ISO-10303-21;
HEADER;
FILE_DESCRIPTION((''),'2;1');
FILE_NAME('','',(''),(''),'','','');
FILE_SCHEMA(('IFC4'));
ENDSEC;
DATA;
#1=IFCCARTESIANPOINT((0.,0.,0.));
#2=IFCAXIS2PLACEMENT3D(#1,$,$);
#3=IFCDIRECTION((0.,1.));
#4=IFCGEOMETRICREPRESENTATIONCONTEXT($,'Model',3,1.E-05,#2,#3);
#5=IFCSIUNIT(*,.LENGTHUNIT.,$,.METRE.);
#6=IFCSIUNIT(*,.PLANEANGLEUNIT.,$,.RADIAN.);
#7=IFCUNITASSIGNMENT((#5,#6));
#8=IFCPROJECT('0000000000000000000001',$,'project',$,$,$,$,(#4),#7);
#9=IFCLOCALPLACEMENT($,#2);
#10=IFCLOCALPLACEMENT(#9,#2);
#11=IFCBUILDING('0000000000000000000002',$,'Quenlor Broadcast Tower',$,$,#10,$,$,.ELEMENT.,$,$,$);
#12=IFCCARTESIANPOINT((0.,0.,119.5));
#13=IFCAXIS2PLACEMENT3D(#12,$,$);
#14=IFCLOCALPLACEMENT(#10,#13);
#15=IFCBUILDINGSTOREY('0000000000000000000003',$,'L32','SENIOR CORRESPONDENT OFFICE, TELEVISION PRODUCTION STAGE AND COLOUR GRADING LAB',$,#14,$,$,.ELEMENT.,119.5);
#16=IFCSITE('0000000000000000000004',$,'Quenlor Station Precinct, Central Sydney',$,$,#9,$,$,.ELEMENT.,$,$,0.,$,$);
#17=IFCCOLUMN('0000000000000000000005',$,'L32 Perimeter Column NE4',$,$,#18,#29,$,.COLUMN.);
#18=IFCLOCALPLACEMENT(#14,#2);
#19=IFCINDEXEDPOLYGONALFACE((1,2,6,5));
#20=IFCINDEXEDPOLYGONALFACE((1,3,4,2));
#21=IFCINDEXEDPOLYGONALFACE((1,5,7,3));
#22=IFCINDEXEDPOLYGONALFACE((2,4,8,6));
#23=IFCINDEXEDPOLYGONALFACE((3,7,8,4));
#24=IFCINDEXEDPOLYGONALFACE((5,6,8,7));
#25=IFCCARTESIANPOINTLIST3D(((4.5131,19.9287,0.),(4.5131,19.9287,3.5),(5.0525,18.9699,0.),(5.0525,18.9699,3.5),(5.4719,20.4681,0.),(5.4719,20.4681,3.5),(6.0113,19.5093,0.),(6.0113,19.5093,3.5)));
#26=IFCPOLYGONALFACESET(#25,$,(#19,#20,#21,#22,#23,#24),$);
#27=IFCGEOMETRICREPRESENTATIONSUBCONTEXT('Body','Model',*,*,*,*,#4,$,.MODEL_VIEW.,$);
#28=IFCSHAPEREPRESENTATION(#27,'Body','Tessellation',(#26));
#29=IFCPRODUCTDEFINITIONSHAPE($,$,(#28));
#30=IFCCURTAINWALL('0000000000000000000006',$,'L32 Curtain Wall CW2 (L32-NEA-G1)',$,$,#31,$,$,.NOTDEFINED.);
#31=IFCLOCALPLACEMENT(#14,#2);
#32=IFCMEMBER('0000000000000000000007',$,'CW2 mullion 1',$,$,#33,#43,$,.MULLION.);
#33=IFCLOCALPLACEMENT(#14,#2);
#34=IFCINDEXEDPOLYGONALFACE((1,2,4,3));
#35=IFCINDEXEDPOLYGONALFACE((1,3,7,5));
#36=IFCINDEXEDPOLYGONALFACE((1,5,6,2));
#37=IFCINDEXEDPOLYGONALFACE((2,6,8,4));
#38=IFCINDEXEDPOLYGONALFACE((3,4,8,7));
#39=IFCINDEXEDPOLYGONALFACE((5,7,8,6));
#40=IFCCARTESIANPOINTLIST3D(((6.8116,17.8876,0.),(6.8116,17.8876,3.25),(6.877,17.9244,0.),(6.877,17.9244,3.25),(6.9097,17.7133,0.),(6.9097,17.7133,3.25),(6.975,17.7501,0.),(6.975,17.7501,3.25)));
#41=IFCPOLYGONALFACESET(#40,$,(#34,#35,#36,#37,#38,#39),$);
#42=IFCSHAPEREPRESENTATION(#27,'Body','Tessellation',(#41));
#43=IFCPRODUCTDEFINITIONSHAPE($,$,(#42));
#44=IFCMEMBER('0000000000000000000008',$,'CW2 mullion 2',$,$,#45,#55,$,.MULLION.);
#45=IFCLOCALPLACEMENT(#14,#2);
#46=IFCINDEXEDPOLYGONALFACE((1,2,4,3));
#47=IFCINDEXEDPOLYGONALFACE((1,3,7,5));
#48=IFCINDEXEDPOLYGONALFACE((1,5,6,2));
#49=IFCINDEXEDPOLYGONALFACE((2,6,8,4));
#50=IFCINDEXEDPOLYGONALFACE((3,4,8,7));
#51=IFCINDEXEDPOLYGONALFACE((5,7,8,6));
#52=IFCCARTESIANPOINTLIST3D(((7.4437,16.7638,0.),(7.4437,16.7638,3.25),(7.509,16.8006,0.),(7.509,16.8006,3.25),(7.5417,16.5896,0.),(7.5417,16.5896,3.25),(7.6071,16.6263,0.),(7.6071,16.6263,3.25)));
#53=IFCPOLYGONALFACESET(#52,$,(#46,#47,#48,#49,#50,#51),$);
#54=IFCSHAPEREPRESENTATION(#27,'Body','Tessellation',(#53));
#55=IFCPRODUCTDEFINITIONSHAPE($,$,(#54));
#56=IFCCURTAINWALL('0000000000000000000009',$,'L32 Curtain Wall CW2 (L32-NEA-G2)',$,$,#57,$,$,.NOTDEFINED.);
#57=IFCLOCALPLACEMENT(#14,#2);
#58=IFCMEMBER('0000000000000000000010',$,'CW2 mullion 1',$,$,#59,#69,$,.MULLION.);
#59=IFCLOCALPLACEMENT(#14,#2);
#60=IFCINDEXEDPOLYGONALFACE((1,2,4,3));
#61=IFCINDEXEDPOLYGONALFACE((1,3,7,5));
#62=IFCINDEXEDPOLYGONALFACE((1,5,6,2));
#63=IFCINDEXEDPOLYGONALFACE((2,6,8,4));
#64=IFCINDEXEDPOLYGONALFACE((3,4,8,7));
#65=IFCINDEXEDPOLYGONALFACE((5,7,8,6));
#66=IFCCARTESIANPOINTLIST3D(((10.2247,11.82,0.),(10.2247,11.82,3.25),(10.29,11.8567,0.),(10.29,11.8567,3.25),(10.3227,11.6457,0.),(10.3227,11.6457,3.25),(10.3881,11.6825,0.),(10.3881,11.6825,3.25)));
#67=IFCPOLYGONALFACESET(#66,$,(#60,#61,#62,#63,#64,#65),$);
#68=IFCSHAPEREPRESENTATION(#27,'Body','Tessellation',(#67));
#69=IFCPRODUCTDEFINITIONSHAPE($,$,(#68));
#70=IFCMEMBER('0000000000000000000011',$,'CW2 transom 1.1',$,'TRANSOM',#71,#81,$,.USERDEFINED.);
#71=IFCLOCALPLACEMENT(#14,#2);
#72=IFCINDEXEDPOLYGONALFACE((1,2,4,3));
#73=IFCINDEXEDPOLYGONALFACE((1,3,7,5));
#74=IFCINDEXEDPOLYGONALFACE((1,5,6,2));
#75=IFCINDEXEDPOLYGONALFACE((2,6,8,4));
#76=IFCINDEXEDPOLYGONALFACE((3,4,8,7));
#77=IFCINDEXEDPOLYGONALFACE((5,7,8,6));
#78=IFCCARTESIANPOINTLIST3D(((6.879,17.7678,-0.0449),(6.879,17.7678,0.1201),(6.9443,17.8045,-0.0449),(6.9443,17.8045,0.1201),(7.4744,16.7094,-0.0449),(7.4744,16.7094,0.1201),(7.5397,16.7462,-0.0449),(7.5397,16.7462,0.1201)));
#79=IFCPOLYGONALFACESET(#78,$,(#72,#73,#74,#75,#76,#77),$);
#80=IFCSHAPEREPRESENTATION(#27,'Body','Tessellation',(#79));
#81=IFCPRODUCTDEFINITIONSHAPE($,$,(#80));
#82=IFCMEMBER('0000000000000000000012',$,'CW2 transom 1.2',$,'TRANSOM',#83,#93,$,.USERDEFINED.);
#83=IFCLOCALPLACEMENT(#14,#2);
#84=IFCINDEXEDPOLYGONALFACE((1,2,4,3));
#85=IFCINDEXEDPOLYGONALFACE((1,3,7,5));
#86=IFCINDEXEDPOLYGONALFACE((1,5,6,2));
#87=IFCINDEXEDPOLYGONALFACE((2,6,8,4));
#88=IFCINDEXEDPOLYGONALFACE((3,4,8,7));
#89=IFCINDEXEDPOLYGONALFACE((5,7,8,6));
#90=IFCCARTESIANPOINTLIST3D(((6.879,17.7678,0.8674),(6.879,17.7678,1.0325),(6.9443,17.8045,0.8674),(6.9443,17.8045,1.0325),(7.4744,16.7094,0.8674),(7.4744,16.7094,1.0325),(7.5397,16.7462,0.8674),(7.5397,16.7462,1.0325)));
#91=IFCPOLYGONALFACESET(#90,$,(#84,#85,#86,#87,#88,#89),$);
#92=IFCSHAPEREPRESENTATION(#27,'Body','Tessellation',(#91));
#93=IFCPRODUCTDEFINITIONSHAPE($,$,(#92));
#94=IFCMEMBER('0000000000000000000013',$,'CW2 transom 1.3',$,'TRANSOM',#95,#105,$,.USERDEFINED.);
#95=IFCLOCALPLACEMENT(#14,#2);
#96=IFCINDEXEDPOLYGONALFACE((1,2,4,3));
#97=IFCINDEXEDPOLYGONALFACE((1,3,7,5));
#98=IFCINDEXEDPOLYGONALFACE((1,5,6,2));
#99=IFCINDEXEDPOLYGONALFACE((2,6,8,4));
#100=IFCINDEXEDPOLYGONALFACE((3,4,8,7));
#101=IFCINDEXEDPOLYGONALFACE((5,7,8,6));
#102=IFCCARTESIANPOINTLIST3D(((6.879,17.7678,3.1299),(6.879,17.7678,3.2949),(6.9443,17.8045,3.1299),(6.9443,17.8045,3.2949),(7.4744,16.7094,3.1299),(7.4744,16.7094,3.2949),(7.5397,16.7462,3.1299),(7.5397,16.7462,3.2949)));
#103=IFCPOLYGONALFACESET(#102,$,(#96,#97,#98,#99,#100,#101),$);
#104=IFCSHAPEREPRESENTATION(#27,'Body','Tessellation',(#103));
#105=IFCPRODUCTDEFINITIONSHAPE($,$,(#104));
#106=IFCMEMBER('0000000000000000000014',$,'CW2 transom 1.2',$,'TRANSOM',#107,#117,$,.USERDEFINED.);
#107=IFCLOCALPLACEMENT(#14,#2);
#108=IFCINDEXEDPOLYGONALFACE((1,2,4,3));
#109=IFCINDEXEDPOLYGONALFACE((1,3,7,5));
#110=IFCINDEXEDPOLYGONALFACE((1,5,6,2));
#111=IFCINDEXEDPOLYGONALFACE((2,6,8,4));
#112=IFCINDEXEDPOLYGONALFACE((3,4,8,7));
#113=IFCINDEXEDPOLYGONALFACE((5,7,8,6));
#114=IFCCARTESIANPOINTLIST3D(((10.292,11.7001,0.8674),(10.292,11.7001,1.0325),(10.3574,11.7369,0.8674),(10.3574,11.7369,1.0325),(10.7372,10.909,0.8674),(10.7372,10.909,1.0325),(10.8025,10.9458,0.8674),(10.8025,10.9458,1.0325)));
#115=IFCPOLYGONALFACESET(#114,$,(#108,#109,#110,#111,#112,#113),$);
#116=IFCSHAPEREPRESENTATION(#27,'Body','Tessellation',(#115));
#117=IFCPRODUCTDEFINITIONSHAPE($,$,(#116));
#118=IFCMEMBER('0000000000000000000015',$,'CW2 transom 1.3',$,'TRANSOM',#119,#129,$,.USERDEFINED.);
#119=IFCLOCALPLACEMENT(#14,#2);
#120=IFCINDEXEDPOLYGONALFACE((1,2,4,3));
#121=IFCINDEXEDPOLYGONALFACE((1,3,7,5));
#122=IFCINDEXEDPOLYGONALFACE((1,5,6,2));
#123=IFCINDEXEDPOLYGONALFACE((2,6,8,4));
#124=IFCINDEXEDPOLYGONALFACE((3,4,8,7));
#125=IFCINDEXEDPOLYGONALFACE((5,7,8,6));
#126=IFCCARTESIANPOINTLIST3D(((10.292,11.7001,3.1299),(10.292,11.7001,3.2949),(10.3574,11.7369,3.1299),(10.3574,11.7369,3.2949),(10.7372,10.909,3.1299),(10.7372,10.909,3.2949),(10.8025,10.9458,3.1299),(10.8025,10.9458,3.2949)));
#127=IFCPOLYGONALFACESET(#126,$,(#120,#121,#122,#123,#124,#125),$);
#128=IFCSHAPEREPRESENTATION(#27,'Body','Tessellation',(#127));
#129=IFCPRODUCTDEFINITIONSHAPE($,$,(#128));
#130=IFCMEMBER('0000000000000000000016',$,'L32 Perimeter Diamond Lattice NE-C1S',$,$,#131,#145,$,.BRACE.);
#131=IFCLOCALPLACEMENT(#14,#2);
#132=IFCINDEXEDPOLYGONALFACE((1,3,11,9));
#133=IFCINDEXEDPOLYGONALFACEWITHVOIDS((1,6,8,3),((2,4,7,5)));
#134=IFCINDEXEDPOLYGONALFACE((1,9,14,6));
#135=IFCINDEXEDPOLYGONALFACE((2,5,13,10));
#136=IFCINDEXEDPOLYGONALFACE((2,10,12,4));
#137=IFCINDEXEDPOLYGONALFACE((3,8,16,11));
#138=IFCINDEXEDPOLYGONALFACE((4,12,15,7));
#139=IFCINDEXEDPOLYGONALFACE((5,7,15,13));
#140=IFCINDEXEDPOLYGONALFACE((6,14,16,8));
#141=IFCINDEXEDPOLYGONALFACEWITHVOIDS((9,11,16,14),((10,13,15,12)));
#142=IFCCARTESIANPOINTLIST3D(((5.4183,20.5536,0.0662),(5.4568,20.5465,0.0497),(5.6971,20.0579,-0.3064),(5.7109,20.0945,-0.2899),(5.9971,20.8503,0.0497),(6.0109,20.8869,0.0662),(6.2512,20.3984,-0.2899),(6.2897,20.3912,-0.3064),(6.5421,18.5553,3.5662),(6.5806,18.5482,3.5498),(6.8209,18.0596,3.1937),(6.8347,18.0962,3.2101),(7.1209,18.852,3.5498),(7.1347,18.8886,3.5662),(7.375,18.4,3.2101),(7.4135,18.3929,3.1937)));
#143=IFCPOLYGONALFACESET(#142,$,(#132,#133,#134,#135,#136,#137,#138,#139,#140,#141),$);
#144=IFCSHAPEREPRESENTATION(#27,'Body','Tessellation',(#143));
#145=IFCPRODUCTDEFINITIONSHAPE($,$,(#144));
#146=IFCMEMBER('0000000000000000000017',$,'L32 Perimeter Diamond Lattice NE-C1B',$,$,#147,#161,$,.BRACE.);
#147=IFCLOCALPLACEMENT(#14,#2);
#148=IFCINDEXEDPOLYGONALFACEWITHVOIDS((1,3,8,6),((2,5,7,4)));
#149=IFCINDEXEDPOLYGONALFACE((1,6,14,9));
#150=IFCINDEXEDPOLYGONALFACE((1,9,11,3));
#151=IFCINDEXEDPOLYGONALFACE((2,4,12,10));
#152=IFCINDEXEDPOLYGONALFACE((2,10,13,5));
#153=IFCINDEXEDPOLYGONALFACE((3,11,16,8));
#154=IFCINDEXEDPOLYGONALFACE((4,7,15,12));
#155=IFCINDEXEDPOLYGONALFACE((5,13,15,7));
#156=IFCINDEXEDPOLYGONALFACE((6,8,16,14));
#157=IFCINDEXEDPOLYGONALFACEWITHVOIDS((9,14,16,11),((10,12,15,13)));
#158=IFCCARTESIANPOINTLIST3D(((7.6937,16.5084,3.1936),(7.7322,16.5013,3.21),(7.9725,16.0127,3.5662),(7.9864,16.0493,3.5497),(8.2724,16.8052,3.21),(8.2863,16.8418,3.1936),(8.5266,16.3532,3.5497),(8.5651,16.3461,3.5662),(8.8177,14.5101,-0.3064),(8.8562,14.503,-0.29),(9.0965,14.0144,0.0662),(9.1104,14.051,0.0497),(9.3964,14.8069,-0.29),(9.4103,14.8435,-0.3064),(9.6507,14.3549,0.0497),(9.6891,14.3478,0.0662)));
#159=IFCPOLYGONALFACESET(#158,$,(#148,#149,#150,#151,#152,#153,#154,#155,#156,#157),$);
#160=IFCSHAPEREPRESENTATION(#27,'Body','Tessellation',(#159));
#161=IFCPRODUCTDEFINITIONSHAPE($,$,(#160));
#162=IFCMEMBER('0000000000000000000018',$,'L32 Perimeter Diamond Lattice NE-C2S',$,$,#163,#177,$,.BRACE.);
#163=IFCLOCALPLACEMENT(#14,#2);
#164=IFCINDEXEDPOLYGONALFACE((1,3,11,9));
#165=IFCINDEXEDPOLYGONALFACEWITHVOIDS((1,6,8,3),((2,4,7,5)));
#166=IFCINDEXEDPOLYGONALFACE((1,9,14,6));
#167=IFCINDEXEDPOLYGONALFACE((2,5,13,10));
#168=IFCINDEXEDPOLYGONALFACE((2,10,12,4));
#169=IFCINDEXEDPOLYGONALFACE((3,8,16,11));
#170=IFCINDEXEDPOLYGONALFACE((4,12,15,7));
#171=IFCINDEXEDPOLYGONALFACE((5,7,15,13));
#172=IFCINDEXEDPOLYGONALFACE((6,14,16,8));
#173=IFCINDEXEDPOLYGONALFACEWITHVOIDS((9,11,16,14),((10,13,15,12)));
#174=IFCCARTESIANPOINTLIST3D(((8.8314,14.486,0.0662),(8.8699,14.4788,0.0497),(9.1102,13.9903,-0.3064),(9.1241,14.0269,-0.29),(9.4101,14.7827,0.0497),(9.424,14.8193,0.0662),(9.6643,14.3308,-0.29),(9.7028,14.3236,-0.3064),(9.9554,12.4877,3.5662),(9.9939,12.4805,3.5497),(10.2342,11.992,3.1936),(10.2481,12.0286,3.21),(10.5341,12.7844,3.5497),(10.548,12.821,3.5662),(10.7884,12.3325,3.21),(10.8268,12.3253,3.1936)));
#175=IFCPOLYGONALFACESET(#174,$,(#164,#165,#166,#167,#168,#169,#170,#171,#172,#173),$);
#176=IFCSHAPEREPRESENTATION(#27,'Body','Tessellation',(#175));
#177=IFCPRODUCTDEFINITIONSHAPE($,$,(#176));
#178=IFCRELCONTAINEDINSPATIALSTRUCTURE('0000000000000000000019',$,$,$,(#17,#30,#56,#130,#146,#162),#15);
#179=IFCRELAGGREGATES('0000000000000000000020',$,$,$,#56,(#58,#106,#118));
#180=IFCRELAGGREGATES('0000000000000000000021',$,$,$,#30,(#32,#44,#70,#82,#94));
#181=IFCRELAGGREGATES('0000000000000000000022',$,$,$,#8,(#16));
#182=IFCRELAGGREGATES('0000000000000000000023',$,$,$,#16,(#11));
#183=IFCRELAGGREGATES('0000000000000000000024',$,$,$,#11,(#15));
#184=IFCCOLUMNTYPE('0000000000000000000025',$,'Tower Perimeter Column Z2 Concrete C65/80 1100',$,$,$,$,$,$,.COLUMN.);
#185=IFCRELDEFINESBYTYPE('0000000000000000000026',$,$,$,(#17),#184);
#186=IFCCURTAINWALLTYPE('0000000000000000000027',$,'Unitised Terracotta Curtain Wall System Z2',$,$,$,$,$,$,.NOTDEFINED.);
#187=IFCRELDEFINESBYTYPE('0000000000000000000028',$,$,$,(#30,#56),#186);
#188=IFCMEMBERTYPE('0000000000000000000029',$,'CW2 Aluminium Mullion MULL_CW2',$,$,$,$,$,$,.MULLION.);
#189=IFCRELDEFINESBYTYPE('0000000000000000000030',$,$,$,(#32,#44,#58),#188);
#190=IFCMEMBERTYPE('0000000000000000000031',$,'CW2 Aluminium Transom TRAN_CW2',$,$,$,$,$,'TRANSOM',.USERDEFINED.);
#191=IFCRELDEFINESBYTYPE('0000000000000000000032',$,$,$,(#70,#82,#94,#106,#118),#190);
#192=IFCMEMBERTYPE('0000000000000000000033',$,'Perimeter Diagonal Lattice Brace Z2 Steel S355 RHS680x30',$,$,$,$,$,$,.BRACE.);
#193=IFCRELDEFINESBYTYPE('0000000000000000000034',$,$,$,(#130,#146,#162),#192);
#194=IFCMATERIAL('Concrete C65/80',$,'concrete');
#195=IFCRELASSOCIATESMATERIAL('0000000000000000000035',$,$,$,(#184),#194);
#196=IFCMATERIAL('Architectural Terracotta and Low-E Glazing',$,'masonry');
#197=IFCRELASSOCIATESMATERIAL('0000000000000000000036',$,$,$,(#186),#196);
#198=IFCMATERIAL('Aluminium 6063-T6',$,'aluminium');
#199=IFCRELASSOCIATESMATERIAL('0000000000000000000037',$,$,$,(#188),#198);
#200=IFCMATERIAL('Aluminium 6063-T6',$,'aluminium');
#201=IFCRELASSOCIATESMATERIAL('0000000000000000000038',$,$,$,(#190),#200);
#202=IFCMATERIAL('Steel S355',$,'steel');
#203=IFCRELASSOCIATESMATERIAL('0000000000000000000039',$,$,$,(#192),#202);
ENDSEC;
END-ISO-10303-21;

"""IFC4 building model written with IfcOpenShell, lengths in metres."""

from ifc_helpers import new_model, si_unit, direction, frame, origin, origin_2d, place, context, subcontext, project, spatial, rectangle, hollow_rectangle, extrude, material, material_profile, profile_set, type_object, element, aggregate, save


model = new_model("IFC4")

# Units and contexts
model_context = context("Model", 3, precision=1e-05, world=origin(), true_north=direction((0.0, 1.0)))
body_context = subcontext(model_context, "Body", "Model", "MODEL_VIEW")
ifc_project = project(units=[si_unit("LENGTHUNIT", "METRE"), si_unit("PLANEANGLEUNIT", "RADIAN")], contexts=[model_context])

# Site, building, storey
site_placement = place(None, origin())
site = spatial("IfcSite", under=ifc_project, at=site_placement, Name="Quenlor Station Precinct, Central Sydney", CompositionType="ELEMENT", RefElevation=0.0)
building_placement = place(site_placement, origin())
building = spatial("IfcBuilding", under=site, at=building_placement, Name="Quenlor Broadcast Tower", CompositionType="ELEMENT")
storey_placement = place(building_placement, frame((0.0, 0.0, 119.5)))
storey = spatial("IfcBuildingStorey", under=building, at=storey_placement, Name="L32", Description="SENIOR CORRESPONDENT OFFICE, TELEVISION PRODUCTION STAGE AND COLOUR GRADING LAB", CompositionType="ELEMENT", Elevation=119.5)

# Column
ifc_material_1 = material(Name="Concrete C65/80", Category="concrete")
ifc_material_profile_1 = material_profile(ifc_material_1, rectangle(XDim=1.1001, YDim=1.1001, at=origin_2d()))
ifc_profile_set_1 = profile_set([ifc_material_profile_1], Name="Concrete C65/80 RC1100x1100")
column_type = type_object("IfcColumnType", Name="Tower Perimeter Column Z2 Concrete C65/80 1100", PredefinedType="COLUMN", material=ifc_profile_set_1)
column_placement = place(storey_placement, frame((5.2622, 19.719, 0.0), z_axis=(0.0, 0.0, 1.0), x_axis=(0.871575, 0.490262, 0.0)))
element("IfcColumn", 1, at=column_placement, inside=storey, type_object=column_type, Name="L32 Perimeter Column NE4", PredefinedType="COLUMN", context=body_context, shape_type="SweptSolid", body=[
    extrude(rectangle(XDim=1.1001, YDim=1.1001, at=origin_2d()), origin(), (0.0, 0.0, 1.0), 3.5),
])

# Curtain wall, members
ifc_material_2 = material(Name="Architectural Terracotta and Low-E Glazing", Category="masonry")
curtain_wall_type = type_object("IfcCurtainWallType", Name="Unitised Terracotta Curtain Wall System Z2", PredefinedType="NOTDEFINED", material=ifc_material_2)
curtain_wall_1_placement = place(storey_placement, origin())
curtain_wall_1 = element("IfcCurtainWall", 2, at=curtain_wall_1_placement, inside=storey, type_object=curtain_wall_type, Name="L32 Curtain Wall CW2 (L32-NEA-G1)", PredefinedType="NOTDEFINED")
ifc_material_3 = material(Name="Aluminium 6063-T6", Category="aluminium")
ifc_material_profile_2 = material_profile(ifc_material_3, rectangle(XDim=0.075, YDim=0.2, at=origin_2d()))
ifc_profile_set_2 = profile_set([ifc_material_profile_2], Name="Aluminium 6063-T6 MULL75x200")
member_type_1 = type_object("IfcMemberType", Name="CW2 Aluminium Mullion MULL_CW2", PredefinedType="MULLION", material=ifc_profile_set_2)
member_1_placement = place(storey_placement, frame((6.8933, 17.8188, 0.0), z_axis=(0.0, 0.0, 1.0), x_axis=(0.871583, 0.490247, 0.0)))
member_1 = element("IfcMember", 3, at=member_1_placement, type_object=member_type_1, Name="CW2 mullion 1", PredefinedType="MULLION", context=body_context, shape_type="SweptSolid", body=[
    extrude(rectangle(XDim=0.075, YDim=0.2, at=origin_2d()), origin(), (0.0, 0.0, 1.0), 3.25),
])
member_2_placement = place(storey_placement, frame((7.5254, 16.6951, 0.0), z_axis=(0.0, 0.0, 1.0), x_axis=(0.871583, 0.490247, 0.0)))
member_2 = element("IfcMember", 4, at=member_2_placement, type_object=member_type_1, Name="CW2 mullion 2", PredefinedType="MULLION", context=body_context, shape_type="SweptSolid", body=[
    extrude(rectangle(XDim=0.075, YDim=0.2, at=origin_2d()), origin(), (0.0, 0.0, 1.0), 3.25),
])

# Curtain wall, member
curtain_wall_2_placement = place(storey_placement, origin())
curtain_wall_2 = element("IfcCurtainWall", 5, at=curtain_wall_2_placement, inside=storey, type_object=curtain_wall_type, Name="L32 Curtain Wall CW2 (L32-NEA-G2)", PredefinedType="NOTDEFINED")
member_3_placement = place(storey_placement, frame((10.3064, 11.7512, 0.0), z_axis=(0.0, 0.0, 1.0), x_axis=(0.871581, 0.490252, 0.0)))
member_3 = element("IfcMember", 6, at=member_3_placement, type_object=member_type_1, Name="CW2 mullion 1", PredefinedType="MULLION", context=body_context, shape_type="SweptSolid", body=[
    extrude(rectangle(XDim=0.075, YDim=0.2, at=origin_2d()), origin(), (0.0, 0.0, 1.0), 3.25),
])

# Members
ifc_material_4 = material(Name="Aluminium 6063-T6", Category="aluminium")
ifc_material_profile_3 = material_profile(ifc_material_4, rectangle(XDim=0.075, YDim=0.165, at=origin_2d()))
ifc_profile_set_3 = profile_set([ifc_material_profile_3], Name="Aluminium 6063-T6 TRAN75x165")
member_type_2 = type_object("IfcMemberType", Name="CW2 Aluminium Transom TRAN_CW2", ElementType="TRANSOM", PredefinedType="USERDEFINED", material=ifc_profile_set_3)
member_4_placement = place(storey_placement, frame((6.9116, 17.7861, 0.0376), z_axis=(0.490347, -0.871527, 0.0), x_axis=(0.871527, 0.490347, 0.0)))
member_4 = element("IfcMember", 7, at=member_4_placement, type_object=member_type_2, Name="CW2 transom 1.1", ObjectType="TRANSOM", PredefinedType="USERDEFINED", context=body_context, shape_type="SweptSolid", body=[
    extrude(rectangle(XDim=0.075, YDim=0.165, at=origin_2d()), origin(), (0.0, 0.0, 1.0), 1.2144),
])
member_5_placement = place(storey_placement, frame((6.9116, 17.7861, 0.95), z_axis=(0.490347, -0.871527, 0.0), x_axis=(0.871527, 0.490347, 0.0)))
member_5 = element("IfcMember", 8, at=member_5_placement, type_object=member_type_2, Name="CW2 transom 1.2", ObjectType="TRANSOM", PredefinedType="USERDEFINED", context=body_context, shape_type="SweptSolid", body=[
    extrude(rectangle(XDim=0.075, YDim=0.165, at=origin_2d()), origin(), (0.0, 0.0, 1.0), 1.2144),
])
member_6_placement = place(storey_placement, frame((6.9116, 17.7861, 3.2124), z_axis=(0.490347, -0.871527, 0.0), x_axis=(0.871527, 0.490347, 0.0)))
member_6 = element("IfcMember", 9, at=member_6_placement, type_object=member_type_2, Name="CW2 transom 1.3", ObjectType="TRANSOM", PredefinedType="USERDEFINED", context=body_context, shape_type="SweptSolid", body=[
    extrude(rectangle(XDim=0.075, YDim=0.165, at=origin_2d()), origin(), (0.0, 0.0, 1.0), 1.2144),
])
member_7_placement = place(storey_placement, frame((10.3247, 11.7185, 0.95), z_axis=(0.490363, -0.871518, 0.0), x_axis=(0.871518, 0.490363, 0.0)))
member_7 = element("IfcMember", 10, at=member_7_placement, type_object=member_type_2, Name="CW2 transom 1.2", ObjectType="TRANSOM", PredefinedType="USERDEFINED", context=body_context, shape_type="SweptSolid", body=[
    extrude(rectangle(XDim=0.075, YDim=0.165, at=origin_2d()), origin(), (0.0, 0.0, 1.0), 0.9077),
])
member_8_placement = place(storey_placement, frame((10.3247, 11.7185, 3.2124), z_axis=(0.490363, -0.871518, 0.0), x_axis=(0.871518, 0.490363, 0.0)))
member_8 = element("IfcMember", 11, at=member_8_placement, type_object=member_type_2, Name="CW2 transom 1.3", ObjectType="TRANSOM", PredefinedType="USERDEFINED", context=body_context, shape_type="SweptSolid", body=[
    extrude(rectangle(XDim=0.075, YDim=0.165, at=origin_2d()), origin(), (0.0, 0.0, 1.0), 0.9077),
])
aggregate(curtain_wall_2, [member_3, member_7, member_8])

# Members
ifc_material_5 = material(Name="Steel S355", Category="steel")
ifc_material_profile_4 = material_profile(ifc_material_5, hollow_rectangle(XDim=0.6799, YDim=0.6799, WallThickness=0.03, at=origin_2d()))
ifc_profile_set_4 = profile_set([ifc_material_profile_4], Name="Steel S355 RHS680x680x30")
member_type_3 = type_object("IfcMemberType", Name="Perimeter Diagonal Lattice Brace Z2 Steel S355 RHS680x30", PredefinedType="BRACE", material=ifc_profile_set_4)
for number, where, z_axis, x_axis, name in (
    (12, (5.854, 20.4724, -0.1201), (0.268588, -0.4776, 0.836516), (0.871624, 0.490175, 0.0), "L32 Perimeter Diamond Lattice NE-C1S"),
    (13, (9.2534, 14.429, -0.1201), (-0.268642, 0.477593, 0.836502), (-0.871578, -0.490256, 0.0), "L32 Perimeter Diamond Lattice NE-C1B"),
    (14, (9.2671, 14.4048, -0.1201), (0.268642, -0.477593, 0.836502), (0.871578, 0.490256, 0.0), "L32 Perimeter Diamond Lattice NE-C2S"),
):
    element("IfcMember", number, at=place(storey_placement, frame(where, z_axis=z_axis, x_axis=x_axis)), inside=storey, type_object=member_type_3, Name=name, PredefinedType="BRACE", context=body_context, shape_type="SweptSolid", body=[
        extrude(hollow_rectangle(XDim=0.6799, YDim=0.6799, WallThickness=0.03, at=origin_2d()), origin(), (0.0, 0.0, 1.0), 4.1841),
    ])

aggregate(curtain_wall_1, [member_1, member_2, member_4, member_5, member_6])

save(model, "model.ifc")
